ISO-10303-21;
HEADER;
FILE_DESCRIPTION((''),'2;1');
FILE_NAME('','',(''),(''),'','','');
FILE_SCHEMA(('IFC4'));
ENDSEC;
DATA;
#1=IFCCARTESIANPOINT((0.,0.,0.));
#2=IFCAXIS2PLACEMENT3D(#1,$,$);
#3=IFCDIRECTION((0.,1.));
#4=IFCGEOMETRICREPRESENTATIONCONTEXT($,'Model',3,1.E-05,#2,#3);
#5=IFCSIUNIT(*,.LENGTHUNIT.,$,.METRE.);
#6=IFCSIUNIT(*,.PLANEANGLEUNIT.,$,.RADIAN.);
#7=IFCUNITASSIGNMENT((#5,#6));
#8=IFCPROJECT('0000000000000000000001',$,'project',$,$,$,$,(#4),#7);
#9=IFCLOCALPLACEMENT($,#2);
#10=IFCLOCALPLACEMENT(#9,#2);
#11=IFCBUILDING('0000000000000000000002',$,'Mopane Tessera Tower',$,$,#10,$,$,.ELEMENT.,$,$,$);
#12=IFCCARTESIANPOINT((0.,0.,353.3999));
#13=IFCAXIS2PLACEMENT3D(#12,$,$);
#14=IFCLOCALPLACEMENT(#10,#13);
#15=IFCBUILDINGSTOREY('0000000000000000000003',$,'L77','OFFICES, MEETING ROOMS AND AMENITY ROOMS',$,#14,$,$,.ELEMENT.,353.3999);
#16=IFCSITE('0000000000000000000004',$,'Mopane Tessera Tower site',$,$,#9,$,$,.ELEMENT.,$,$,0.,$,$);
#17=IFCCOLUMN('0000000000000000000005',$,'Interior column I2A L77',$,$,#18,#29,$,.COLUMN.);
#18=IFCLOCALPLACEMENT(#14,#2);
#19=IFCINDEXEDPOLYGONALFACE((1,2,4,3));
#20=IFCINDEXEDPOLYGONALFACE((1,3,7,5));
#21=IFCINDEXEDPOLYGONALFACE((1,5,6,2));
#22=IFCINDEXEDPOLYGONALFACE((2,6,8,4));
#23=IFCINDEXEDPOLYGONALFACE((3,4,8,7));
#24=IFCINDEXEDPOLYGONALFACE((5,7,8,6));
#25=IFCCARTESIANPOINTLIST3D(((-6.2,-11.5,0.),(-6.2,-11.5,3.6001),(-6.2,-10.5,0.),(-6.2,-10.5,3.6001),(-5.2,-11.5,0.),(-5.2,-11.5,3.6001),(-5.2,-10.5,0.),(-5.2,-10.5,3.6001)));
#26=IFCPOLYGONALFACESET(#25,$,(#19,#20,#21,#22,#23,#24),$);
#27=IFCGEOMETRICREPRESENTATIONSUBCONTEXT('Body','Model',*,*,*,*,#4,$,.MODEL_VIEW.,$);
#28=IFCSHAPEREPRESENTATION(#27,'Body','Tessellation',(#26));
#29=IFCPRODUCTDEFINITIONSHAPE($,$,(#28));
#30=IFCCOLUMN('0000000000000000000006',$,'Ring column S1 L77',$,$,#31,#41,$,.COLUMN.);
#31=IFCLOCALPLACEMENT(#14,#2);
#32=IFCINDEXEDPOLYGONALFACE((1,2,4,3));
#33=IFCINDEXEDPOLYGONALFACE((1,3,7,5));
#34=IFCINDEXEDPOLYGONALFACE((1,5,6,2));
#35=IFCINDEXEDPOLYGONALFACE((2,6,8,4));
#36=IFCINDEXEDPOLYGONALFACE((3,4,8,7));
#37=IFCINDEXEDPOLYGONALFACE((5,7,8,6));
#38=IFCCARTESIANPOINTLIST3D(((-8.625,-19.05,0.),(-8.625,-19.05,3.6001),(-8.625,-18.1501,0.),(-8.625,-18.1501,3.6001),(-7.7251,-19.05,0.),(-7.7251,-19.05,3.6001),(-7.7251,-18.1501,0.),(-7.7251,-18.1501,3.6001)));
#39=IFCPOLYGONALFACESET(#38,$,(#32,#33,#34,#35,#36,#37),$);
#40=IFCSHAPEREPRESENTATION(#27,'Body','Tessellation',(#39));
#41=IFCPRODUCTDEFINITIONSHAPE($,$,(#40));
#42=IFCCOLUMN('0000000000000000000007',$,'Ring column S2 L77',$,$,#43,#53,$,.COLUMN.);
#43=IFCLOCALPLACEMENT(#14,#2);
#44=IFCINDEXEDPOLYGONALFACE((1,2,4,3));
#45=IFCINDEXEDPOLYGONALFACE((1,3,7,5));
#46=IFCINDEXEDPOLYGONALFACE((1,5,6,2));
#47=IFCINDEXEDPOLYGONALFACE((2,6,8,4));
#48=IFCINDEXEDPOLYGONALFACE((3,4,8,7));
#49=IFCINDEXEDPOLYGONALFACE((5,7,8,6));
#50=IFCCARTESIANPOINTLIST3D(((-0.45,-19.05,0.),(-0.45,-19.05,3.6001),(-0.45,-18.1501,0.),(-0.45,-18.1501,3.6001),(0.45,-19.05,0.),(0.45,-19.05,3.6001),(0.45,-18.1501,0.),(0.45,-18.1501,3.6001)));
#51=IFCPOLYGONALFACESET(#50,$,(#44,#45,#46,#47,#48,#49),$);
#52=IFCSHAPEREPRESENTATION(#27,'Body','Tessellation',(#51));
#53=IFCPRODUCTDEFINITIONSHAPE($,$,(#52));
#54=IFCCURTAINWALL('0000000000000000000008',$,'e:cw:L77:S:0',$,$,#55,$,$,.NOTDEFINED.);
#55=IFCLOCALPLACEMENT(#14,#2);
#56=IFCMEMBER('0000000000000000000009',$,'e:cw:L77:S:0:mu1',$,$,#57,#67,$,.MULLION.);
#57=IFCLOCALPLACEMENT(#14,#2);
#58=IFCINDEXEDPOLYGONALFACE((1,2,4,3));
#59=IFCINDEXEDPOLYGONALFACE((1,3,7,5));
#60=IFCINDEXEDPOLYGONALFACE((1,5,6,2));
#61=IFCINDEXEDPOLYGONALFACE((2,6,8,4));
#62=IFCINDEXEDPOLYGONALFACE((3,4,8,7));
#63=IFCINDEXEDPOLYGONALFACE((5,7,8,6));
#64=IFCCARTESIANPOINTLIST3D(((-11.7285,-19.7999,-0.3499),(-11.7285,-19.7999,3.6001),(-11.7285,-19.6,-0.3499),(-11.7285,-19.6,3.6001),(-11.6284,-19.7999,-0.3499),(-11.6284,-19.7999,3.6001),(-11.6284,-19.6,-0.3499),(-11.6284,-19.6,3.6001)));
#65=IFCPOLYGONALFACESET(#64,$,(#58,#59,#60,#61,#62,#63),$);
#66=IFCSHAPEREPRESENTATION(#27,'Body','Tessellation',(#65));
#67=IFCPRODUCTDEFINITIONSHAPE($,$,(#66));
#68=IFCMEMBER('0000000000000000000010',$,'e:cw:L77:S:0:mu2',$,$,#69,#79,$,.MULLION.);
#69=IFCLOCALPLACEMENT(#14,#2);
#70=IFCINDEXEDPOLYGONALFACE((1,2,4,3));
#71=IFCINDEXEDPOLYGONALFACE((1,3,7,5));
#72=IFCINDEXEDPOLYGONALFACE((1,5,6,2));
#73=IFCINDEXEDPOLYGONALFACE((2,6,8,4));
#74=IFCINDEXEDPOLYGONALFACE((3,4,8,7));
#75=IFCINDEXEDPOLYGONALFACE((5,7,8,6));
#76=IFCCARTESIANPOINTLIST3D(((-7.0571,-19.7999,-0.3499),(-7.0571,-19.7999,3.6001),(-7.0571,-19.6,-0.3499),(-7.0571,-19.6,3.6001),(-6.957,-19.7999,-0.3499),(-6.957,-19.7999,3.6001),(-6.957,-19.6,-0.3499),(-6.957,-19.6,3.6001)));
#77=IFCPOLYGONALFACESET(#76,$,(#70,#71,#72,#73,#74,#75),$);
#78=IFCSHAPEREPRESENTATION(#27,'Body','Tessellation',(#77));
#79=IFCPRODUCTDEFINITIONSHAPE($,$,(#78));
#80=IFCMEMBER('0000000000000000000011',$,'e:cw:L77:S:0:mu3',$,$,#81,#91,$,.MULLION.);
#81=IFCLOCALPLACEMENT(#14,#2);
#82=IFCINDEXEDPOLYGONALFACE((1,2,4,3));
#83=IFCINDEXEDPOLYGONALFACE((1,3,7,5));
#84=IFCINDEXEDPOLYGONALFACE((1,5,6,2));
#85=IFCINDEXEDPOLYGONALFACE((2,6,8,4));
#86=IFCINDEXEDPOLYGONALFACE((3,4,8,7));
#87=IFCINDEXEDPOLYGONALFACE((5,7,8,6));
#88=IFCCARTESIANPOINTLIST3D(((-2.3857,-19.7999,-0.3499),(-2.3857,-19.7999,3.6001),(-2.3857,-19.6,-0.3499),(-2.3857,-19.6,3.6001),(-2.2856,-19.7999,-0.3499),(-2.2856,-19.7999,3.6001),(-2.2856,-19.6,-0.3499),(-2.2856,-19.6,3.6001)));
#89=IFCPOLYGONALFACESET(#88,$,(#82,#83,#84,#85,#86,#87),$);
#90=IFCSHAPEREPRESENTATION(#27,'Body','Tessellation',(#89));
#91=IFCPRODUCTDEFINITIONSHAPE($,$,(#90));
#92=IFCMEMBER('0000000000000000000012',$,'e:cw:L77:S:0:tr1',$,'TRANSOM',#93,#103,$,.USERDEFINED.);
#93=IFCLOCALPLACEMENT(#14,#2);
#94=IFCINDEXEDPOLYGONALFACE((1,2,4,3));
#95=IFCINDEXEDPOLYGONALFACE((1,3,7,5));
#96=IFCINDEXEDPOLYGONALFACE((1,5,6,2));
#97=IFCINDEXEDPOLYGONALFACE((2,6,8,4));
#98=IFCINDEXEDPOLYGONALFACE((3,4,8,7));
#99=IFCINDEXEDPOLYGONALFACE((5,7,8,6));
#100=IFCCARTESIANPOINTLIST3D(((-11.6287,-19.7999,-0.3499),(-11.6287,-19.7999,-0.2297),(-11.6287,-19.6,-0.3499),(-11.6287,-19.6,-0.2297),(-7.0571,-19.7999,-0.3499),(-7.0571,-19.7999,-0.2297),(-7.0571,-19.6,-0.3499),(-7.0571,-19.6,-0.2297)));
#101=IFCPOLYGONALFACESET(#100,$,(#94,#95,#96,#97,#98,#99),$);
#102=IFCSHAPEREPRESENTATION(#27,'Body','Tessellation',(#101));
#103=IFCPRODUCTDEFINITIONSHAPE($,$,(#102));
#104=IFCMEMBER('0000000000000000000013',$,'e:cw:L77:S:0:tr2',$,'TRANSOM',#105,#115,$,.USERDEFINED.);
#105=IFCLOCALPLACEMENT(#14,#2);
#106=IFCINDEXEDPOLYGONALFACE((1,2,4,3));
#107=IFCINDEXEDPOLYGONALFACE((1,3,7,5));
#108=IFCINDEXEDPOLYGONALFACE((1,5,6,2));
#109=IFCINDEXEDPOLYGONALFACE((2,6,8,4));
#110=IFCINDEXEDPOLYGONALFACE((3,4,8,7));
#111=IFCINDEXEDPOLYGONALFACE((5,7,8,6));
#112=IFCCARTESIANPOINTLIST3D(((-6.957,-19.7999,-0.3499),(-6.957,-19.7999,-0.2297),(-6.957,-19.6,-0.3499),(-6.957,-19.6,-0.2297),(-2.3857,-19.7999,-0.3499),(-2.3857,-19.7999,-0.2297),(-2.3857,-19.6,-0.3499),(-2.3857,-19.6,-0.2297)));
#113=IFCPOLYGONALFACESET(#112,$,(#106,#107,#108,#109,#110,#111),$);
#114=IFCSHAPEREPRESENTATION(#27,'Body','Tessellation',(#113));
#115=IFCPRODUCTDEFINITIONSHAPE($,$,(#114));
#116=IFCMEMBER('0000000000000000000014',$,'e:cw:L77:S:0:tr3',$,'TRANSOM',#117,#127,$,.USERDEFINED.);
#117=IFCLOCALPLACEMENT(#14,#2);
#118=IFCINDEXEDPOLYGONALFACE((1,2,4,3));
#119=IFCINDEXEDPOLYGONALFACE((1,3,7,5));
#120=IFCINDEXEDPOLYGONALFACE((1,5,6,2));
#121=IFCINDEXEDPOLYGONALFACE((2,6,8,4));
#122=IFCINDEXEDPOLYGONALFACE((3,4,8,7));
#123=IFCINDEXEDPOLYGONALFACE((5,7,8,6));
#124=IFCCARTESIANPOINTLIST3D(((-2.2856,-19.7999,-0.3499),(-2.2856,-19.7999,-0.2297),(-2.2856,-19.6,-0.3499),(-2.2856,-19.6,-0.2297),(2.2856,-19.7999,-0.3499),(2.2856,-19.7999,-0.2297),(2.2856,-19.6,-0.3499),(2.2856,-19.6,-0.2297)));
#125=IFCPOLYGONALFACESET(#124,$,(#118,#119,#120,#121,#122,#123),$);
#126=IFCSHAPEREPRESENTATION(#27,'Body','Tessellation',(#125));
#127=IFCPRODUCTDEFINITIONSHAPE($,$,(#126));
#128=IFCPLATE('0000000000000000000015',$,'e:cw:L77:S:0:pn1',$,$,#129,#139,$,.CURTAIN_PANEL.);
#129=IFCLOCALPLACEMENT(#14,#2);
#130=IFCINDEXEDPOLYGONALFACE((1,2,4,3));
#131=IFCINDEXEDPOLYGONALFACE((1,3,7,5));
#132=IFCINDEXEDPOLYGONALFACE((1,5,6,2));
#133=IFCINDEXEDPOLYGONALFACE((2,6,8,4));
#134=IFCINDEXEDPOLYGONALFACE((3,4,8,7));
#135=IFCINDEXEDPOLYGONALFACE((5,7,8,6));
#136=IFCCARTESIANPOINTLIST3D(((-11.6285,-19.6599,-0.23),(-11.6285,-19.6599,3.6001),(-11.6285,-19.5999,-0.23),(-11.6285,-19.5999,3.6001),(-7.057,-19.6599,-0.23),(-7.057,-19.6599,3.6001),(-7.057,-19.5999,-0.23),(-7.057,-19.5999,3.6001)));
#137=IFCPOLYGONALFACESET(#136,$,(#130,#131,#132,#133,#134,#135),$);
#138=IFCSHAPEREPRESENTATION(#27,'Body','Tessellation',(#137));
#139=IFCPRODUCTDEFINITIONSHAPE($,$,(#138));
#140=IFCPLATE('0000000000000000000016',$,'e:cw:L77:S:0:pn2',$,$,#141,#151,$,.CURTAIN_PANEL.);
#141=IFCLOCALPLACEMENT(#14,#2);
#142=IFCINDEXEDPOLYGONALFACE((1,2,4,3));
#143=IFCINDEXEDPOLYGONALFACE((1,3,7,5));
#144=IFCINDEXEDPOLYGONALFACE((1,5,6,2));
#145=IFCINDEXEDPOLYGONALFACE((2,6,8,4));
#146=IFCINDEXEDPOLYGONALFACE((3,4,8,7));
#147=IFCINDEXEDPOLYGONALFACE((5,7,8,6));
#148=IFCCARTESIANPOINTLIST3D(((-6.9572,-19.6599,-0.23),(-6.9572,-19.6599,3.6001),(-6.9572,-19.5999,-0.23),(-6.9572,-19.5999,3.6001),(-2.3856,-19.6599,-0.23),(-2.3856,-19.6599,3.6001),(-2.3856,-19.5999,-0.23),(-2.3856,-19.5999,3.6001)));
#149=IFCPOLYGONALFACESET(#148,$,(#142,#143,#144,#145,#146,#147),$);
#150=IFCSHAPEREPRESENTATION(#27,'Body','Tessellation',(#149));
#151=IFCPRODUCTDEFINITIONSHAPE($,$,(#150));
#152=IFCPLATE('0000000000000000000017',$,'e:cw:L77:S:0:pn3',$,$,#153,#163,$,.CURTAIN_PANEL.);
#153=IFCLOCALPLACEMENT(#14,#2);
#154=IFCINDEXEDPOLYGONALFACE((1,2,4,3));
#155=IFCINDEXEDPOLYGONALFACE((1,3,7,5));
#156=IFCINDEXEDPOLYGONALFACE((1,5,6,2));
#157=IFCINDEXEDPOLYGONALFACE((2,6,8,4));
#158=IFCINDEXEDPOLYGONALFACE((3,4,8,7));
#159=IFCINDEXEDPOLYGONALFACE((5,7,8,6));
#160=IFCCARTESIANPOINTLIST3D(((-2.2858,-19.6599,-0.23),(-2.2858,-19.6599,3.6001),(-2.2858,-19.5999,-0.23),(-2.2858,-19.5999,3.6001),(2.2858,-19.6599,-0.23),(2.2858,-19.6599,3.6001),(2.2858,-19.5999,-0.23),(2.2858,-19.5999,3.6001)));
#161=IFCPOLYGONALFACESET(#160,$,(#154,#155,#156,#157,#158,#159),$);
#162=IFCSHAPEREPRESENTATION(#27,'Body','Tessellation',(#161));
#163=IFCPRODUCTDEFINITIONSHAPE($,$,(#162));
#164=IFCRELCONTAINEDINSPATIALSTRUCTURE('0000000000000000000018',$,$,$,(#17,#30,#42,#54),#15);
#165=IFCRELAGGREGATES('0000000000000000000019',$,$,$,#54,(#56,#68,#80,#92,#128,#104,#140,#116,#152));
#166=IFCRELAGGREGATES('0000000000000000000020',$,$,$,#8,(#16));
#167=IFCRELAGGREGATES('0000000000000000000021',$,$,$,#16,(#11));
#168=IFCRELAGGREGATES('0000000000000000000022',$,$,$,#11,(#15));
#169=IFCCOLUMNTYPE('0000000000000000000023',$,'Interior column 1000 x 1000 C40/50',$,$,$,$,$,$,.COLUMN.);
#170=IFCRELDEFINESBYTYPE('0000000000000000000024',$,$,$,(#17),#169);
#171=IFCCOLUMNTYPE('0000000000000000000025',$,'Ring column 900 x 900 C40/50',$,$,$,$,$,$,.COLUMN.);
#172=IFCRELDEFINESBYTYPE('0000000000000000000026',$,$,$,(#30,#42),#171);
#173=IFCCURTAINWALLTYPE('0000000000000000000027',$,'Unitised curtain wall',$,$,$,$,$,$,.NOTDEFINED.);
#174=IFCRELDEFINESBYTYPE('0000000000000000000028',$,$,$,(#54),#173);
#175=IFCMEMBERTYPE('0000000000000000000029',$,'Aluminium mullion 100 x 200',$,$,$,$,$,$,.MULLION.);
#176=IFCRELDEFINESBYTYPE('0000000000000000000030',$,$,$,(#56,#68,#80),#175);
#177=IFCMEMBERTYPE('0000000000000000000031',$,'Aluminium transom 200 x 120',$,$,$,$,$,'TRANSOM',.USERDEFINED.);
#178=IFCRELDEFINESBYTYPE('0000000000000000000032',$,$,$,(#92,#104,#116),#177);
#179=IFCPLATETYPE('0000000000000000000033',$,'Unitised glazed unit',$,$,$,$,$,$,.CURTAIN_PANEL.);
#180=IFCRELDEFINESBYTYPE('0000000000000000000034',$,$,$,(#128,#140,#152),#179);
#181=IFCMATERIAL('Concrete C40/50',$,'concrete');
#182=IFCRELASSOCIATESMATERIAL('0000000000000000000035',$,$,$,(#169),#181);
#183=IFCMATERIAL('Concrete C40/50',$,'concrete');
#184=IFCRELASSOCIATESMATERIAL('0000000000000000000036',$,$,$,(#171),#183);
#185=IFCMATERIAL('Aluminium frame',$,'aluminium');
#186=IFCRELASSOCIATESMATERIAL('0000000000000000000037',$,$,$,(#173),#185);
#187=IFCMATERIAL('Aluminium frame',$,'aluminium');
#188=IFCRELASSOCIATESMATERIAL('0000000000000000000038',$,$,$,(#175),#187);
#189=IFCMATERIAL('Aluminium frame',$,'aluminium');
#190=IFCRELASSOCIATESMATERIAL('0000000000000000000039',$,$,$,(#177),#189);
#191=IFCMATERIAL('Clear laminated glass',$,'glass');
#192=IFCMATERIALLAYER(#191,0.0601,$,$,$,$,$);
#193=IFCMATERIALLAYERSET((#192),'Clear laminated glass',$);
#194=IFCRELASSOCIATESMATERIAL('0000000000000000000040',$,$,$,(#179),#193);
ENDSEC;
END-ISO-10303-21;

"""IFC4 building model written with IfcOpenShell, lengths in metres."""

from ifc_helpers import new_model, si_unit, direction, frame, origin, origin_2d, place, context, subcontext, project, spatial, rectangle, extrude, material, layer, layer_set, material_profile, profile_set, type_object, element, aggregate, save


model = new_model("IFC4")

# Units and contexts
model_context = context("Model", 3, precision=1e-05, world=origin(), true_north=direction((0.0, 1.0)))
body_context = subcontext(model_context, "Body", "Model", "MODEL_VIEW")
ifc_project = project(units=[si_unit("LENGTHUNIT", "METRE"), si_unit("PLANEANGLEUNIT", "RADIAN")], contexts=[model_context])

# Site, building, storey
site_placement = place(None, origin())
site = spatial("IfcSite", under=ifc_project, at=site_placement, Name="Mopane Tessera Tower site", CompositionType="ELEMENT", RefElevation=0.0)
building_placement = place(site_placement, origin())
building = spatial("IfcBuilding", under=site, at=building_placement, Name="Mopane Tessera Tower", CompositionType="ELEMENT")
storey_placement = place(building_placement, frame((0.0, 0.0, 353.3999)))
storey = spatial("IfcBuildingStorey", under=building, at=storey_placement, Name="L77", Description="OFFICES, MEETING ROOMS AND AMENITY ROOMS", CompositionType="ELEMENT", Elevation=353.3999)

# Columns
ifc_material_1 = material(Name="Concrete C40/50", Category="concrete")
ifc_material_profile_1 = material_profile(ifc_material_1, rectangle(XDim=1.0, YDim=1.0, at=origin_2d()))
ifc_profile_set_1 = profile_set([ifc_material_profile_1], Name="Concrete C40/50")
column_type_1 = type_object("IfcColumnType", Name="Interior column 1000 x 1000 C40/50", PredefinedType="COLUMN", material=ifc_profile_set_1)
column_placement = place(storey_placement, frame((-5.7, -11.0, 0.0), z_axis=(0.0, 0.0, 1.0), x_axis=(1.0, 0.0, 0.0)))
element("IfcColumn", 1, at=column_placement, inside=storey, type_object=column_type_1, Name="Interior column I2A L77", PredefinedType="COLUMN", context=body_context, shape_type="SweptSolid", body=[
    extrude(rectangle(XDim=1.0, YDim=1.0, at=origin_2d()), origin(), (0.0, 0.0, 1.0), 3.6001),
])
ifc_material_2 = material(Name="Concrete C40/50", Category="concrete")
ifc_material_profile_2 = material_profile(ifc_material_2, rectangle(XDim=0.8999, YDim=0.8999, at=origin_2d()))
ifc_profile_set_2 = profile_set([ifc_material_profile_2], Name="Concrete C40/50")
column_type_2 = type_object("IfcColumnType", Name="Ring column 900 x 900 C40/50", PredefinedType="COLUMN", material=ifc_profile_set_2)
for number, where, z_axis, x_axis, name in (
    (2, (-8.175, -18.6001, 0.0), (0.0, 0.0, 1.0), (1.0, 0.0, 0.0), "Ring column S1 L77"),
    (3, (0.0, -18.6001, 0.0), (0.0, 0.0, 1.0), (1.0, 0.0, 0.0), "Ring column S2 L77"),
):
    element("IfcColumn", number, at=place(storey_placement, frame(where, z_axis=z_axis, x_axis=x_axis)), inside=storey, type_object=column_type_2, Name=name, PredefinedType="COLUMN", context=body_context, shape_type="SweptSolid", body=[
        extrude(rectangle(XDim=0.8999, YDim=0.8999, at=origin_2d()), origin(), (0.0, 0.0, 1.0), 3.6001),
    ])

# Curtain wall, members, plates
ifc_material_3 = material(Name="Aluminium frame", Category="aluminium")
curtain_wall_type = type_object("IfcCurtainWallType", Name="Unitised curtain wall", PredefinedType="NOTDEFINED", material=ifc_material_3)
curtain_wall_placement = place(storey_placement, origin())
curtain_wall = element("IfcCurtainWall", 4, at=curtain_wall_placement, inside=storey, type_object=curtain_wall_type, Name="e:cw:L77:S:0", PredefinedType="NOTDEFINED")
ifc_material_4 = material(Name="Aluminium frame", Category="aluminium")
ifc_material_profile_3 = material_profile(ifc_material_4, rectangle(XDim=0.1001, YDim=0.2, at=origin_2d()))
ifc_profile_set_3 = profile_set([ifc_material_profile_3], Name="Aluminium frame")
member_type_1 = type_object("IfcMemberType", Name="Aluminium mullion 100 x 200", PredefinedType="MULLION", material=ifc_profile_set_3)
member_1_placement = place(storey_placement, frame((-11.6785, -19.7, -0.3499), z_axis=(0.0, 0.0, 1.0), x_axis=(1.0, 0.0, 0.0)))
member_1 = element("IfcMember", 5, at=member_1_placement, type_object=member_type_1, Name="e:cw:L77:S:0:mu1", PredefinedType="MULLION", context=body_context, shape_type="SweptSolid", body=[
    extrude(rectangle(XDim=0.1001, YDim=0.2, at=origin_2d()), origin(), (0.0, 0.0, 1.0), 3.95),
])
member_2_placement = place(storey_placement, frame((-7.0071, -19.7, -0.3499), z_axis=(0.0, 0.0, 1.0), x_axis=(1.0, 0.0, 0.0)))
member_2 = element("IfcMember", 6, at=member_2_placement, type_object=member_type_1, Name="e:cw:L77:S:0:mu2", PredefinedType="MULLION", context=body_context, shape_type="SweptSolid", body=[
    extrude(rectangle(XDim=0.1001, YDim=0.2, at=origin_2d()), origin(), (0.0, 0.0, 1.0), 3.95),
])
member_3_placement = place(storey_placement, frame((-2.3357, -19.7, -0.3499), z_axis=(0.0, 0.0, 1.0), x_axis=(1.0, 0.0, 0.0)))
member_3 = element("IfcMember", 7, at=member_3_placement, type_object=member_type_1, Name="e:cw:L77:S:0:mu3", PredefinedType="MULLION", context=body_context, shape_type="SweptSolid", body=[
    extrude(rectangle(XDim=0.1001, YDim=0.2, at=origin_2d()), origin(), (0.0, 0.0, 1.0), 3.95),
])
ifc_material_5 = material(Name="Aluminium frame", Category="aluminium")
ifc_material_profile_4 = material_profile(ifc_material_5, rectangle(XDim=0.2, YDim=0.1201, at=origin_2d()))
ifc_profile_set_4 = profile_set([ifc_material_profile_4], Name="Aluminium frame")
member_type_2 = type_object("IfcMemberType", Name="Aluminium transom 200 x 120", ElementType="TRANSOM", PredefinedType="USERDEFINED", material=ifc_profile_set_4)
member_4_placement = place(storey_placement, frame((-11.6287, -19.7, -0.2898), z_axis=(1.0, 0.0, 0.0), x_axis=(0.0, 1.0, 0.0)))
member_4 = element("IfcMember", 8, at=member_4_placement, type_object=member_type_2, Name="e:cw:L77:S:0:tr1", ObjectType="TRANSOM", PredefinedType="USERDEFINED", context=body_context, shape_type="SweptSolid", body=[
    extrude(rectangle(XDim=0.2, YDim=0.1201, at=origin_2d()), origin(), (0.0, 0.0, 1.0), 4.5715),
])
member_5_placement = place(storey_placement, frame((-6.957, -19.7, -0.2898), z_axis=(1.0, 0.0, 0.0), x_axis=(0.0, 1.0, 0.0)))
member_5 = element("IfcMember", 9, at=member_5_placement, type_object=member_type_2, Name="e:cw:L77:S:0:tr2", ObjectType="TRANSOM", PredefinedType="USERDEFINED", context=body_context, shape_type="SweptSolid", body=[
    extrude(rectangle(XDim=0.2, YDim=0.1201, at=origin_2d()), origin(), (0.0, 0.0, 1.0), 4.5713),
])
member_6_placement = place(storey_placement, frame((-2.2856, -19.7, -0.2898), z_axis=(1.0, 0.0, 0.0), x_axis=(0.0, 1.0, 0.0)))
member_6 = element("IfcMember", 10, at=member_6_placement, type_object=member_type_2, Name="e:cw:L77:S:0:tr3", ObjectType="TRANSOM", PredefinedType="USERDEFINED", context=body_context, shape_type="SweptSolid", body=[
    extrude(rectangle(XDim=0.2, YDim=0.1201, at=origin_2d()), origin(), (0.0, 0.0, 1.0), 4.5713),
])
ifc_material_6 = material(Name="Clear laminated glass", Category="glass")
ifc_layer_1 = layer(ifc_material_6, 0.0601)
ifc_layer_set_1 = layer_set([ifc_layer_1], Name="Clear laminated glass")
plate_type = type_object("IfcPlateType", Name="Unitised glazed unit", PredefinedType="CURTAIN_PANEL", material=ifc_layer_set_1)
plate_1_placement = place(storey_placement, frame((-9.3428, -19.6299, -0.23), z_axis=(0.0, 0.0, 1.0), x_axis=(1.0, 0.0, 0.0)))
plate_1 = element("IfcPlate", 11, at=plate_1_placement, type_object=plate_type, Name="e:cw:L77:S:0:pn1", PredefinedType="CURTAIN_PANEL", context=body_context, shape_type="SweptSolid", body=[
    extrude(rectangle(XDim=4.5715, YDim=0.0601, at=origin_2d()), origin(), (0.0, 0.0, 1.0), 3.8301),
])
plate_2_placement = place(storey_placement, frame((-4.6714, -19.6299, -0.23), z_axis=(0.0, 0.0, 1.0), x_axis=(1.0, 0.0, 0.0)))
plate_2 = element("IfcPlate", 12, at=plate_2_placement, type_object=plate_type, Name="e:cw:L77:S:0:pn2", PredefinedType="CURTAIN_PANEL", context=body_context, shape_type="SweptSolid", body=[
    extrude(rectangle(XDim=4.5715, YDim=0.0601, at=origin_2d()), origin(), (0.0, 0.0, 1.0), 3.8301),
])
plate_3_placement = place(storey_placement, frame((0.0, -19.6299, -0.23), z_axis=(0.0, 0.0, 1.0), x_axis=(1.0, 0.0, 0.0)))
plate_3 = element("IfcPlate", 13, at=plate_3_placement, type_object=plate_type, Name="e:cw:L77:S:0:pn3", PredefinedType="CURTAIN_PANEL", context=body_context, shape_type="SweptSolid", body=[
    extrude(rectangle(XDim=4.5715, YDim=0.0601, at=origin_2d()), origin(), (0.0, 0.0, 1.0), 3.8301),
])
aggregate(curtain_wall, [member_1, member_2, member_3, member_4, plate_1, member_5, plate_2, member_6, plate_3])

save(model, "model.ifc")
